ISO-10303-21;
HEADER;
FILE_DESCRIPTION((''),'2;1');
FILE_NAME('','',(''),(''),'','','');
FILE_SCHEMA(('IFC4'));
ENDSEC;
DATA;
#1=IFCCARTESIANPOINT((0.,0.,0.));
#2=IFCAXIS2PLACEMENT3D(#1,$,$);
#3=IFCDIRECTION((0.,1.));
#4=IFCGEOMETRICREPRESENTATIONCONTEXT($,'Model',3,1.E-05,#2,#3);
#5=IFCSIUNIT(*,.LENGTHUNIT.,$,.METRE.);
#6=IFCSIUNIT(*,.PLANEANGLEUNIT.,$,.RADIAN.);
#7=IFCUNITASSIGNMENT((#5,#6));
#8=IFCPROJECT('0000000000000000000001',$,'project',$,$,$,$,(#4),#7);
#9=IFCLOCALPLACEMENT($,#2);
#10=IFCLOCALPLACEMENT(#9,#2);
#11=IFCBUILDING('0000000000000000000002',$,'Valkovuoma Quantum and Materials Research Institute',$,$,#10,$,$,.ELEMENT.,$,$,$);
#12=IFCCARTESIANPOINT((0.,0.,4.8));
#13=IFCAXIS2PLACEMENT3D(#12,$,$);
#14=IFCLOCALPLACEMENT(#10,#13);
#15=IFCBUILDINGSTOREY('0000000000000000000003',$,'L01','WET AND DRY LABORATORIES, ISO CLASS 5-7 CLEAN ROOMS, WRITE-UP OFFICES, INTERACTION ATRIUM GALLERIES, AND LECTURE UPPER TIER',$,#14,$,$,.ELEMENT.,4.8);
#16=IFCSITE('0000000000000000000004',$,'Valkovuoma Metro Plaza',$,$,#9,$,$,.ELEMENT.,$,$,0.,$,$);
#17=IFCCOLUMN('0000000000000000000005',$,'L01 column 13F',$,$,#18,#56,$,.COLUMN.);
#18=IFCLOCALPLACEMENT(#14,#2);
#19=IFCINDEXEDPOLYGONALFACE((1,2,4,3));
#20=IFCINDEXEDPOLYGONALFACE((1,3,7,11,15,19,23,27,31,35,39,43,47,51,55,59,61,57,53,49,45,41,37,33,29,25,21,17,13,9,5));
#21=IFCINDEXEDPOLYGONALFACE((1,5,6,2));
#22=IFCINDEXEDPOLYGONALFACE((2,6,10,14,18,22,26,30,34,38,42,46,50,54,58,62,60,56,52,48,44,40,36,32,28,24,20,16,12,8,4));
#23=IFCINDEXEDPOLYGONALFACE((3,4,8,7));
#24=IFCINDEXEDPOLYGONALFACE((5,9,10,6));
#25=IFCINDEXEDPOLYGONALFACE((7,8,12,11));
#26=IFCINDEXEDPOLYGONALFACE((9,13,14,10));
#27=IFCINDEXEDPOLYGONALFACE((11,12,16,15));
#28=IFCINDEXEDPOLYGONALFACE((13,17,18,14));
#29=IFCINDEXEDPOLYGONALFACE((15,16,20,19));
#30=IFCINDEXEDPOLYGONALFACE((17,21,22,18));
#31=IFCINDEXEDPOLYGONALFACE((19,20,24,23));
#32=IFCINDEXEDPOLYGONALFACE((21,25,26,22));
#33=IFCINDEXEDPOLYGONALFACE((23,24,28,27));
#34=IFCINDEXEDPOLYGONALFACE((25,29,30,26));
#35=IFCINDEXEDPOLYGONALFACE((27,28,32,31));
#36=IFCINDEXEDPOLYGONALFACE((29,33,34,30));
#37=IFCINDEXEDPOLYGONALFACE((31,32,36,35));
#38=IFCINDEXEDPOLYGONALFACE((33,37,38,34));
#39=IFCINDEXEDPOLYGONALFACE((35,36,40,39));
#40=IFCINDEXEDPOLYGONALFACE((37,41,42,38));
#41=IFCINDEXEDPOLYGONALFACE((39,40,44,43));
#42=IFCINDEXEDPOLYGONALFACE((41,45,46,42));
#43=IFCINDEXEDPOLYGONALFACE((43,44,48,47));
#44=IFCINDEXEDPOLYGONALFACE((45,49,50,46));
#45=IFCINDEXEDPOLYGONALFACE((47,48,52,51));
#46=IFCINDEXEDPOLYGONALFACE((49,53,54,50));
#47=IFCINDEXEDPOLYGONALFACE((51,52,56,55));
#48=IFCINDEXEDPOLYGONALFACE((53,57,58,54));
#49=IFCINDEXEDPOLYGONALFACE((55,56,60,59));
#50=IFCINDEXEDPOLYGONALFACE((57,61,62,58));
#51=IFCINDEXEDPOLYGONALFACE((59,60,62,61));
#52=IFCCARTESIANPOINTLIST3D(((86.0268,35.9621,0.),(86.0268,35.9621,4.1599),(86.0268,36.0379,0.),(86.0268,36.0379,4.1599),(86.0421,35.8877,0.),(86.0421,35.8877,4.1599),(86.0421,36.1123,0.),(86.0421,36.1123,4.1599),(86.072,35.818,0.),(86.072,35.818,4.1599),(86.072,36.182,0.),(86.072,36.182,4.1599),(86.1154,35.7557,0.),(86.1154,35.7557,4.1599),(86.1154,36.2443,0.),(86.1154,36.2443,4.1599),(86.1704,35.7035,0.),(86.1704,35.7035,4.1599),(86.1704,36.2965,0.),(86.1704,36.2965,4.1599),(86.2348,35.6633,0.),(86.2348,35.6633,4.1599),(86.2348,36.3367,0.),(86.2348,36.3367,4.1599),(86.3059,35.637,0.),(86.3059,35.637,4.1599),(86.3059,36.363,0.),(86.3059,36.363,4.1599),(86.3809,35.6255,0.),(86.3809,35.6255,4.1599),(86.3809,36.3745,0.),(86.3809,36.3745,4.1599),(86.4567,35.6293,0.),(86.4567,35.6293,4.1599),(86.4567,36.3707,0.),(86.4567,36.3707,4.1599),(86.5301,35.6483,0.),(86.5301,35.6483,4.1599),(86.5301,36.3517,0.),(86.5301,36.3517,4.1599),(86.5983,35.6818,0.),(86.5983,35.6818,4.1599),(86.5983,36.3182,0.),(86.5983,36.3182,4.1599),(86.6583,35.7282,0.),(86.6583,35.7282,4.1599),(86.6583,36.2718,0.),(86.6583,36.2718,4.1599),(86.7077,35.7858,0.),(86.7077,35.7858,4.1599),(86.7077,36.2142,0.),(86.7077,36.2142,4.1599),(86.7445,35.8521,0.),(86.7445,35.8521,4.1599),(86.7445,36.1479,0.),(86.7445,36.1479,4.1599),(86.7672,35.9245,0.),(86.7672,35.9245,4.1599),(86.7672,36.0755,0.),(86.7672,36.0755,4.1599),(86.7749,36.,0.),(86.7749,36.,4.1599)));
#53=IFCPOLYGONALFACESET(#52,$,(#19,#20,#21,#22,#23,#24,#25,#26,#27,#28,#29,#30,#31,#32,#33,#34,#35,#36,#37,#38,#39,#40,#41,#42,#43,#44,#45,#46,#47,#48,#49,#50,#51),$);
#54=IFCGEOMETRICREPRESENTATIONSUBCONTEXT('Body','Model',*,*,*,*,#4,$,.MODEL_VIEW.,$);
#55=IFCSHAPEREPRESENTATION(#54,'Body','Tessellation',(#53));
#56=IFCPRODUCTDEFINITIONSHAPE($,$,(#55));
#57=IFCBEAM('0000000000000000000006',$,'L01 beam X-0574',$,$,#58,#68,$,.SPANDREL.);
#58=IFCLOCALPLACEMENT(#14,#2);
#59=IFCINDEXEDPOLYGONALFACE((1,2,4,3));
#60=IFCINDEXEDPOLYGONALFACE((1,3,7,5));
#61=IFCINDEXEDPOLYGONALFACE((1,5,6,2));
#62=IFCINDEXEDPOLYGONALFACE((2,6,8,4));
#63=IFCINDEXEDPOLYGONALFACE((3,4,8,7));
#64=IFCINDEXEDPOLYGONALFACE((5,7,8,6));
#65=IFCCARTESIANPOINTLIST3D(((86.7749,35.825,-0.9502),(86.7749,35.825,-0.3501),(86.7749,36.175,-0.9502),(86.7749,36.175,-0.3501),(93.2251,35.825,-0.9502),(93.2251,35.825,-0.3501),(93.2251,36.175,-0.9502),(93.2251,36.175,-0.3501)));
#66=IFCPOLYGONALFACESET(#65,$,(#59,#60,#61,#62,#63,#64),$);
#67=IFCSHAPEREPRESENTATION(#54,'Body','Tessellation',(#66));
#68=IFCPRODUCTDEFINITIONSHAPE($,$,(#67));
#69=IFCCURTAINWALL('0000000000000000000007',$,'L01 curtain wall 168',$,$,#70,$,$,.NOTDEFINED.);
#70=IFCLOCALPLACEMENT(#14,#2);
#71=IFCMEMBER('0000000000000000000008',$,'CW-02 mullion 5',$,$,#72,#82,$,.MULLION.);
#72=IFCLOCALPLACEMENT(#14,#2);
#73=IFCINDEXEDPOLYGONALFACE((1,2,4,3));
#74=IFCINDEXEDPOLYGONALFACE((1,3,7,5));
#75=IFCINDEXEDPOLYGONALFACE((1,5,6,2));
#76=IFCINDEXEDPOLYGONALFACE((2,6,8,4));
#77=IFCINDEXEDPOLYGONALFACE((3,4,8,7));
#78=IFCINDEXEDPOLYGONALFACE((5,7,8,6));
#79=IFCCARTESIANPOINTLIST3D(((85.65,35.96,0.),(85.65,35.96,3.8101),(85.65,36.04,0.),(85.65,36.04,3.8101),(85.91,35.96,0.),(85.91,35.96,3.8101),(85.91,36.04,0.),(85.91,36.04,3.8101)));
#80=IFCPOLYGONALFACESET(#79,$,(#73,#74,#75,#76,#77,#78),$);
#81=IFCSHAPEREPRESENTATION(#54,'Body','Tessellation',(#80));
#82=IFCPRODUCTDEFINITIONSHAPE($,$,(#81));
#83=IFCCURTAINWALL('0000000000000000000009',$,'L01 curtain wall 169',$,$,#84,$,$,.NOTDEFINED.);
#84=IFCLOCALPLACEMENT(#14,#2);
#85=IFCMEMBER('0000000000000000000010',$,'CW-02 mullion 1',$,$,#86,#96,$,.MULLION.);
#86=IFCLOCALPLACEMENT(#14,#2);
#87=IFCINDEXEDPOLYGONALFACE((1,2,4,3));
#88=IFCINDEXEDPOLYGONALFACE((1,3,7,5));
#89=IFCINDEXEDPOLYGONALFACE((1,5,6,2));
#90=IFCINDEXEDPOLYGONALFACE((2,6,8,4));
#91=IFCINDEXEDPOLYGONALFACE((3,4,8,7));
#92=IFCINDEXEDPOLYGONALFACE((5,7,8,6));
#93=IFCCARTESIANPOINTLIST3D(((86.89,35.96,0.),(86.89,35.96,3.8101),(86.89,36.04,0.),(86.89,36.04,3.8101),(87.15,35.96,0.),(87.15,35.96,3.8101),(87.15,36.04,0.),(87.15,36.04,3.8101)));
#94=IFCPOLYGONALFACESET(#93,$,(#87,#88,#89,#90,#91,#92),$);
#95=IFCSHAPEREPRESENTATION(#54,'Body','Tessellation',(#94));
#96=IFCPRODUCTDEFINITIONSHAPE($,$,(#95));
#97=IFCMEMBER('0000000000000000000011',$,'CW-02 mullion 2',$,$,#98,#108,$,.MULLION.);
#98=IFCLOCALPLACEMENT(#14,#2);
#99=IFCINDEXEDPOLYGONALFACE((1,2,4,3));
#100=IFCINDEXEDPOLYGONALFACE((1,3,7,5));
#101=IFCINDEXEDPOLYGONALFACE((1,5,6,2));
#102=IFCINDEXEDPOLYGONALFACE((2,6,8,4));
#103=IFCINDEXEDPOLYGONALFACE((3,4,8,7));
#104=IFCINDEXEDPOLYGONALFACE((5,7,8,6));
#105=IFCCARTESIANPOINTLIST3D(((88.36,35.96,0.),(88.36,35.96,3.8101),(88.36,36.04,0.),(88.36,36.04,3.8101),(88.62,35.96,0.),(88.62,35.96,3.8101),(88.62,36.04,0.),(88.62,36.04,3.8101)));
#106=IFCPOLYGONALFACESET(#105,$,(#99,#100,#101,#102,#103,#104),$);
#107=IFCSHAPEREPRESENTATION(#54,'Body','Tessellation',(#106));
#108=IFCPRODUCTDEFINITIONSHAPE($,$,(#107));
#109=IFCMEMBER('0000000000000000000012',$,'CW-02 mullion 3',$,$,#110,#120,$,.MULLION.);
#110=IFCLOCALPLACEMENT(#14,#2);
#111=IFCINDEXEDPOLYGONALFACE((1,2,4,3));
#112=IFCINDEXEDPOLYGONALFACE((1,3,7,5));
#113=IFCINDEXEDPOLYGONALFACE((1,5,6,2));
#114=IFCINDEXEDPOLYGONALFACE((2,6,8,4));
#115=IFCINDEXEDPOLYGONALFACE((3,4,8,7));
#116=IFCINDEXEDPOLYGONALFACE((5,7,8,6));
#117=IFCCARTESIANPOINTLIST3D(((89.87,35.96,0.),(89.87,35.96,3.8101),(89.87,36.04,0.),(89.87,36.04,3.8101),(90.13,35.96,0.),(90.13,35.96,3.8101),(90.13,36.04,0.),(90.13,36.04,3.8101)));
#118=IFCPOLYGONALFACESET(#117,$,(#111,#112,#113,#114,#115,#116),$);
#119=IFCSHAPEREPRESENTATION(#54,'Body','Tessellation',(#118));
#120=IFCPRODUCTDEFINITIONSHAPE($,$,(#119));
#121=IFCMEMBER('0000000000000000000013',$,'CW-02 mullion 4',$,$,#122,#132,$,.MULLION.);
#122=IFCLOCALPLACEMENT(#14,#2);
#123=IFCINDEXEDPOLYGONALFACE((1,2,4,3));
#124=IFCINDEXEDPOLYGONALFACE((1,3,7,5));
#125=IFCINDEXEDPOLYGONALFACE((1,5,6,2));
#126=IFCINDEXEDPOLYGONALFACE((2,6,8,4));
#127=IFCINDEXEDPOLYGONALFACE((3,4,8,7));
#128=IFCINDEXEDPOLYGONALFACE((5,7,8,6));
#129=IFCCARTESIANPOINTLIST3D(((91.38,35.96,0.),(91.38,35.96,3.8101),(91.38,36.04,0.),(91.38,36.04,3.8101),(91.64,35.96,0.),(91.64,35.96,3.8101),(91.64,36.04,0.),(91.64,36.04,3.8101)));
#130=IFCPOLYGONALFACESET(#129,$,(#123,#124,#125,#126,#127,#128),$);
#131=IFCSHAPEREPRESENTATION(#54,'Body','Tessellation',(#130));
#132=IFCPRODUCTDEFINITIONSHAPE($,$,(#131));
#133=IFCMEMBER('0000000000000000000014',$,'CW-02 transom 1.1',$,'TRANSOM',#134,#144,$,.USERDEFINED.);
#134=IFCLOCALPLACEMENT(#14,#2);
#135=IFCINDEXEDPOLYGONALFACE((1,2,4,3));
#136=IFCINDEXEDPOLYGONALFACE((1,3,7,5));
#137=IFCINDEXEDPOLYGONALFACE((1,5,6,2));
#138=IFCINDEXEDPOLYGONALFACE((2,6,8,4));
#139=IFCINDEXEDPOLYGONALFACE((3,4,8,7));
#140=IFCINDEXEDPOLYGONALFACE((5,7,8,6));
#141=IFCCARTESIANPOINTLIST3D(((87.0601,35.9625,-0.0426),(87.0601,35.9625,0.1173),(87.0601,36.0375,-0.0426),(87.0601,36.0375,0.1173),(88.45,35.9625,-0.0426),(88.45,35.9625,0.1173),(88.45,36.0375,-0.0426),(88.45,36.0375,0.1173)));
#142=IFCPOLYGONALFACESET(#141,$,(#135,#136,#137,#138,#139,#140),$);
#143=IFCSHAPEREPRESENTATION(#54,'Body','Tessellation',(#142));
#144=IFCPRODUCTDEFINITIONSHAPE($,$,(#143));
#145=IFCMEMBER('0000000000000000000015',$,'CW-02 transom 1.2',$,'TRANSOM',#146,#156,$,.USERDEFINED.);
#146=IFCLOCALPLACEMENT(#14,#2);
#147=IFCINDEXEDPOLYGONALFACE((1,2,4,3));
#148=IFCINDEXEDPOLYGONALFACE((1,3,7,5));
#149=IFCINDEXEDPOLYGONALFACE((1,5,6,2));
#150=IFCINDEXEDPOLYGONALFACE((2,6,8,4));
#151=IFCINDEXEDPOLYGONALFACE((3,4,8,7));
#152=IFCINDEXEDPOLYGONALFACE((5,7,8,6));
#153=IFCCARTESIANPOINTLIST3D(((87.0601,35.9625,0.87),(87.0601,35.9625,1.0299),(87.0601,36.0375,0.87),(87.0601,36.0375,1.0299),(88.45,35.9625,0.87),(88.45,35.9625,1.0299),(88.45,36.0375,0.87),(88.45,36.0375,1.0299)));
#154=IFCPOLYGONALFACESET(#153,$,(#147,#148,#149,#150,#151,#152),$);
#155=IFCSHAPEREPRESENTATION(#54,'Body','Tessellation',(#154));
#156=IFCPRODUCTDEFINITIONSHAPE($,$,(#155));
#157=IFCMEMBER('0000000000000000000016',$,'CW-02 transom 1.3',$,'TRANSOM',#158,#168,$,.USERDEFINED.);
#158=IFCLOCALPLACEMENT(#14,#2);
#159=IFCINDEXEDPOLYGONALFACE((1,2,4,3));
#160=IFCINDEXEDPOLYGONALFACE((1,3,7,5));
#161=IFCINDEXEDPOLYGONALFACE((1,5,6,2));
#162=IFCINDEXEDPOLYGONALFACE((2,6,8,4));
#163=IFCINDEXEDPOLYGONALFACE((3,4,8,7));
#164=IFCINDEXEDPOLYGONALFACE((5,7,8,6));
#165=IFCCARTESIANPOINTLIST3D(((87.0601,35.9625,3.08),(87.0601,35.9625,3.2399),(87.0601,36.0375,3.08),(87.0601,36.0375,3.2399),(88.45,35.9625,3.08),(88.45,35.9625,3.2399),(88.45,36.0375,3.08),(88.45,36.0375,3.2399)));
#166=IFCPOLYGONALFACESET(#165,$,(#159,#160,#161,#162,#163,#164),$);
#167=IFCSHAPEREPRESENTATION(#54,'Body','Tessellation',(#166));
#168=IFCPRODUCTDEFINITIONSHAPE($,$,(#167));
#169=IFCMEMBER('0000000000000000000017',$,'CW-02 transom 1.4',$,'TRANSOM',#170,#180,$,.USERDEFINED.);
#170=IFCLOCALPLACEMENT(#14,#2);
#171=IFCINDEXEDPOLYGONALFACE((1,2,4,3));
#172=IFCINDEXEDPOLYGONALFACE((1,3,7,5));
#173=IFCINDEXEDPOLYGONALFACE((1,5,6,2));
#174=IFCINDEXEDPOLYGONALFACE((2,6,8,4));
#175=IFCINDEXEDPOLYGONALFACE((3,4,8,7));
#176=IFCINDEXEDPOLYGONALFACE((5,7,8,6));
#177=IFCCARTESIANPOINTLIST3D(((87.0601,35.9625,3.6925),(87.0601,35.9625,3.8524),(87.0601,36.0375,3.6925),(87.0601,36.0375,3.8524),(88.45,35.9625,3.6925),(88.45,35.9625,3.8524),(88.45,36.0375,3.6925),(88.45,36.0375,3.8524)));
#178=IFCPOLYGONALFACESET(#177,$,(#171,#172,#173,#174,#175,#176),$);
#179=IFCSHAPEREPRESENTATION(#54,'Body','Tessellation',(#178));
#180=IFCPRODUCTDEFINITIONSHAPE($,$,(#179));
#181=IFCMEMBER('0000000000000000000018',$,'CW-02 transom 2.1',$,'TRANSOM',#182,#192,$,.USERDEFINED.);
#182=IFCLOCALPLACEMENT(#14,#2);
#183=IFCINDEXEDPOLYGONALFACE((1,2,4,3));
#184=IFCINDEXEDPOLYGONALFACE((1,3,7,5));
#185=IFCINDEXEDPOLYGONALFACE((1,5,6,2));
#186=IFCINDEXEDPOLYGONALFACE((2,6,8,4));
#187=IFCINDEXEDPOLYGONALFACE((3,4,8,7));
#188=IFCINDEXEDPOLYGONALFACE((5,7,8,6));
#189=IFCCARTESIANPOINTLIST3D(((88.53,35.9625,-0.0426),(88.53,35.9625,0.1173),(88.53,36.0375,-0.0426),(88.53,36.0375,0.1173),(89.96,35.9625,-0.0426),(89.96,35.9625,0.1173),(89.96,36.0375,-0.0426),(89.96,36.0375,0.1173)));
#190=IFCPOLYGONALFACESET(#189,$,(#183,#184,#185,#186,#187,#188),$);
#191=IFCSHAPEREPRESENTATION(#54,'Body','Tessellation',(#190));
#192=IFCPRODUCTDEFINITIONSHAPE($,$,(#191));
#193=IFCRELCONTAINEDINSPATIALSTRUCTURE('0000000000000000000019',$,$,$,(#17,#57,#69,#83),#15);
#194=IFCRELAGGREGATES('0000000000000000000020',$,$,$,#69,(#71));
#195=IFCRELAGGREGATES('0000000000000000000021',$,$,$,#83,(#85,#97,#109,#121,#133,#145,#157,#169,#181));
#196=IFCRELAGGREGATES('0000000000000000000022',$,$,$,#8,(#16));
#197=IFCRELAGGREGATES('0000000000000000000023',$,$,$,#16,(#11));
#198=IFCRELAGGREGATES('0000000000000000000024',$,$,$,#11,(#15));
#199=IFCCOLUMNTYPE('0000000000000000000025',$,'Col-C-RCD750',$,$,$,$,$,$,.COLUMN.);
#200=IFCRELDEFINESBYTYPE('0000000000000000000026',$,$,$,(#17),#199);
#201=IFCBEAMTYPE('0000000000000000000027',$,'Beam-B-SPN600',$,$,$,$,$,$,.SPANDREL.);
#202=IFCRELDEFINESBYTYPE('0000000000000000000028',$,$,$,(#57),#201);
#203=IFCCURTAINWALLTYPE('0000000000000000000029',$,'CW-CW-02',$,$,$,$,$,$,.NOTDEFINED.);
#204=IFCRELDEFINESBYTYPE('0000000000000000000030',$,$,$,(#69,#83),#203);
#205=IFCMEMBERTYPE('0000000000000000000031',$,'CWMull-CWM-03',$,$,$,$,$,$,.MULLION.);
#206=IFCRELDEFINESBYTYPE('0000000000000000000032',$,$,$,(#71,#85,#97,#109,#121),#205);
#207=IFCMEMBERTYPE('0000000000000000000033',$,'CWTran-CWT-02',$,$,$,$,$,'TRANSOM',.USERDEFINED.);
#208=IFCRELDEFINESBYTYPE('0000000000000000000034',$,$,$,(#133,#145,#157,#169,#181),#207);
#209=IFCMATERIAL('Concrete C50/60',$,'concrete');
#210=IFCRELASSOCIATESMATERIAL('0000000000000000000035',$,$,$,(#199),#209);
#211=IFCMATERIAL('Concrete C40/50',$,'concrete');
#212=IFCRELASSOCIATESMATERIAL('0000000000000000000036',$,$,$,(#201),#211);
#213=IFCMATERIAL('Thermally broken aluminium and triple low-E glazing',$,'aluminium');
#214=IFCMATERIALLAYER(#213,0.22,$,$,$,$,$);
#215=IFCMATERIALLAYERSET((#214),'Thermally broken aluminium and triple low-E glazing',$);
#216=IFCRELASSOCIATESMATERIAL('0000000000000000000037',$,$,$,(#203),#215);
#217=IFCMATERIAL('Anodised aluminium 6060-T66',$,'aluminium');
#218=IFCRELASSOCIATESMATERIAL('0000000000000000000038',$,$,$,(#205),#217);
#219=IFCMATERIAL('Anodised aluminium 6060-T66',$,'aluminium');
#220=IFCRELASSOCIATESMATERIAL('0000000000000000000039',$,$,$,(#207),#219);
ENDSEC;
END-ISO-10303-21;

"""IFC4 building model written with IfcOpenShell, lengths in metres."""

from ifc_helpers import new_model, si_unit, direction, frame, origin, origin_2d, place, context, subcontext, project, spatial, rectangle, circle, extrude, material, layer, layer_set, material_profile, profile_set, type_object, element, aggregate, save


model = new_model("IFC4")

# Units and contexts
model_context = context("Model", 3, precision=1e-05, world=origin(), true_north=direction((0.0, 1.0)))
body_context = subcontext(model_context, "Body", "Model", "MODEL_VIEW")
ifc_project = project(units=[si_unit("LENGTHUNIT", "METRE"), si_unit("PLANEANGLEUNIT", "RADIAN")], contexts=[model_context])

# Site, building, storey
site_placement = place(None, origin())
site = spatial("IfcSite", under=ifc_project, at=site_placement, Name="Valkovuoma Metro Plaza", CompositionType="ELEMENT", RefElevation=0.0)
building_placement = place(site_placement, origin())
building = spatial("IfcBuilding", under=site, at=building_placement, Name="Valkovuoma Quantum and Materials Research Institute", CompositionType="ELEMENT")
storey_placement = place(building_placement, frame((0.0, 0.0, 4.8)))
storey = spatial("IfcBuildingStorey", under=building, at=storey_placement, Name="L01", Description="WET AND DRY LABORATORIES, ISO CLASS 5-7 CLEAN ROOMS, WRITE-UP OFFICES, INTERACTION ATRIUM GALLERIES, AND LECTURE UPPER TIER", CompositionType="ELEMENT", Elevation=4.8)

# Column
ifc_material_1 = material(Name="Concrete C50/60", Category="concrete")
ifc_material_profile_1 = material_profile(ifc_material_1, circle(Radius=0.375, at=origin_2d()), Name="Concrete C50/60")
ifc_profile_set_1 = profile_set([ifc_material_profile_1], Name="Concrete C50/60")
column_type = type_object("IfcColumnType", Name="Col-C-RCD750", PredefinedType="COLUMN", material=ifc_profile_set_1)
column_placement = place(storey_placement, frame((86.3999, 36.0, 0.0), z_axis=(0.0, 0.0, 1.0), x_axis=(1.0, 0.0, 0.0)))
element("IfcColumn", 1, at=column_placement, inside=storey, type_object=column_type, Name="L01 column 13F", PredefinedType="COLUMN", context=body_context, shape_type="SweptSolid", body=[
    extrude(circle(Radius=0.375, at=origin_2d()), origin(), (0.0, 0.0, 1.0), 4.1599),
])

# Beam
ifc_material_2 = material(Name="Concrete C40/50", Category="concrete")
ifc_material_profile_2 = material_profile(ifc_material_2, rectangle(XDim=0.3501, YDim=0.6001, at=origin_2d()), Name="Concrete C40/50")
ifc_profile_set_2 = profile_set([ifc_material_profile_2], Name="Concrete C40/50")
beam_type = type_object("IfcBeamType", Name="Beam-B-SPN600", PredefinedType="SPANDREL", material=ifc_profile_set_2)
beam_placement = place(storey_placement, frame((86.7749, 36.0, -0.6501), z_axis=(1.0, 0.0, 0.0), x_axis=(0.0, 1.0, 0.0)))
element("IfcBeam", 2, at=beam_placement, inside=storey, type_object=beam_type, Name="L01 beam X-0574", PredefinedType="SPANDREL", context=body_context, shape_type="SweptSolid", body=[
    extrude(rectangle(XDim=0.3501, YDim=0.6001, at=origin_2d()), origin(), (0.0, 0.0, 1.0), 6.4502),
])

# Curtain wall, member
ifc_material_3 = material(Name="Thermally broken aluminium and triple low-E glazing", Category="aluminium")
ifc_layer_1 = layer(ifc_material_3, 0.22)
ifc_layer_set_1 = layer_set([ifc_layer_1], Name="Thermally broken aluminium and triple low-E glazing")
curtain_wall_type = type_object("IfcCurtainWallType", Name="CW-CW-02", PredefinedType="NOTDEFINED", material=ifc_layer_set_1)
curtain_wall_1_placement = place(storey_placement, origin())
curtain_wall_1 = element("IfcCurtainWall", 3, at=curtain_wall_1_placement, inside=storey, type_object=curtain_wall_type, Name="L01 curtain wall 168", PredefinedType="NOTDEFINED")
ifc_material_4 = material(Name="Anodised aluminium 6060-T66", Category="aluminium")
ifc_material_profile_3 = material_profile(ifc_material_4, rectangle(XDim=0.0801, YDim=0.26, at=origin_2d()), Name="Anodised aluminium 6060-T66")
ifc_profile_set_3 = profile_set([ifc_material_profile_3], Name="Anodised aluminium 6060-T66")
member_type_1 = type_object("IfcMemberType", Name="CWMull-CWM-03", PredefinedType="MULLION", material=ifc_profile_set_3)
member_1_placement = place(storey_placement, frame((85.78, 36.0, 0.0), z_axis=(0.0, 0.0, 1.0), x_axis=(0.0, 1.0, 0.0)))
member_1 = element("IfcMember", 4, at=member_1_placement, type_object=member_type_1, Name="CW-02 mullion 5", PredefinedType="MULLION", context=body_context, shape_type="SweptSolid", body=[
    extrude(rectangle(XDim=0.0801, YDim=0.26, at=origin_2d()), origin(), (0.0, 0.0, 1.0), 3.8101),
])

# Curtain wall, members
curtain_wall_2_placement = place(storey_placement, origin())
curtain_wall_2 = element("IfcCurtainWall", 5, at=curtain_wall_2_placement, inside=storey, type_object=curtain_wall_type, Name="L01 curtain wall 169", PredefinedType="NOTDEFINED")
member_2_placement = place(storey_placement, frame((87.02, 36.0, 0.0), z_axis=(0.0, 0.0, 1.0), x_axis=(0.0, 1.0, 0.0)))
member_2 = element("IfcMember", 6, at=member_2_placement, type_object=member_type_1, Name="CW-02 mullion 1", PredefinedType="MULLION", context=body_context, shape_type="SweptSolid", body=[
    extrude(rectangle(XDim=0.0801, YDim=0.26, at=origin_2d()), origin(), (0.0, 0.0, 1.0), 3.8101),
])
member_3_placement = place(storey_placement, frame((88.49, 36.0, 0.0), z_axis=(0.0, 0.0, 1.0), x_axis=(0.0, 1.0, 0.0)))
member_3 = element("IfcMember", 7, at=member_3_placement, type_object=member_type_1, Name="CW-02 mullion 2", PredefinedType="MULLION", context=body_context, shape_type="SweptSolid", body=[
    extrude(rectangle(XDim=0.0801, YDim=0.26, at=origin_2d()), origin(), (0.0, 0.0, 1.0), 3.8101),
])
member_4_placement = place(storey_placement, frame((90.0, 36.0, 0.0), z_axis=(0.0, 0.0, 1.0), x_axis=(0.0, 1.0, 0.0)))
member_4 = element("IfcMember", 8, at=member_4_placement, type_object=member_type_1, Name="CW-02 mullion 3", PredefinedType="MULLION", context=body_context, shape_type="SweptSolid", body=[
    extrude(rectangle(XDim=0.0801, YDim=0.26, at=origin_2d()), origin(), (0.0, 0.0, 1.0), 3.8101),
])
member_5_placement = place(storey_placement, frame((91.51, 36.0, 0.0), z_axis=(0.0, 0.0, 1.0), x_axis=(0.0, 1.0, 0.0)))
member_5 = element("IfcMember", 9, at=member_5_placement, type_object=member_type_1, Name="CW-02 mullion 4", PredefinedType="MULLION", context=body_context, shape_type="SweptSolid", body=[
    extrude(rectangle(XDim=0.0801, YDim=0.26, at=origin_2d()), origin(), (0.0, 0.0, 1.0), 3.8101),
])
ifc_material_5 = material(Name="Anodised aluminium 6060-T66", Category="aluminium")
ifc_material_profile_4 = material_profile(ifc_material_5, rectangle(XDim=0.075, YDim=0.1599, at=origin_2d()), Name="Anodised aluminium 6060-T66")
ifc_profile_set_4 = profile_set([ifc_material_profile_4], Name="Anodised aluminium 6060-T66")
member_type_2 = type_object("IfcMemberType", Name="CWTran-CWT-02", ElementType="TRANSOM", PredefinedType="USERDEFINED", material=ifc_profile_set_4)
member_6_placement = place(storey_placement, frame((87.0601, 36.0, 0.0374), z_axis=(1.0, 0.0, 0.0), x_axis=(0.0, 1.0, 0.0)))
member_6 = element("IfcMember", 10, at=member_6_placement, type_object=member_type_2, Name="CW-02 transom 1.1", ObjectType="TRANSOM", PredefinedType="USERDEFINED", context=body_context, shape_type="SweptSolid", body=[
    extrude(rectangle(XDim=0.075, YDim=0.1599, at=origin_2d()), origin(), (0.0, 0.0, 1.0), 1.3899),
])
member_7_placement = place(storey_placement, frame((87.0601, 36.0, 0.95), z_axis=(1.0, 0.0, 0.0), x_axis=(0.0, 1.0, 0.0)))
member_7 = element("IfcMember", 11, at=member_7_placement, type_object=member_type_2, Name="CW-02 transom 1.2", ObjectType="TRANSOM", PredefinedType="USERDEFINED", context=body_context, shape_type="SweptSolid", body=[
    extrude(rectangle(XDim=0.075, YDim=0.1599, at=origin_2d()), origin(), (0.0, 0.0, 1.0), 1.3899),
])
member_8_placement = place(storey_placement, frame((87.0601, 36.0, 3.1599), z_axis=(1.0, 0.0, 0.0), x_axis=(0.0, 1.0, 0.0)))
member_8 = element("IfcMember", 12, at=member_8_placement, type_object=member_type_2, Name="CW-02 transom 1.3", ObjectType="TRANSOM", PredefinedType="USERDEFINED", context=body_context, shape_type="SweptSolid", body=[
    extrude(rectangle(XDim=0.075, YDim=0.1599, at=origin_2d()), origin(), (0.0, 0.0, 1.0), 1.3899),
])
member_9_placement = place(storey_placement, frame((87.0601, 36.0, 3.7725), z_axis=(1.0, 0.0, 0.0), x_axis=(0.0, 1.0, 0.0)))
member_9 = element("IfcMember", 13, at=member_9_placement, type_object=member_type_2, Name="CW-02 transom 1.4", ObjectType="TRANSOM", PredefinedType="USERDEFINED", context=body_context, shape_type="SweptSolid", body=[
    extrude(rectangle(XDim=0.075, YDim=0.1599, at=origin_2d()), origin(), (0.0, 0.0, 1.0), 1.3899),
])
member_10_placement = place(storey_placement, frame((88.53, 36.0, 0.0374), z_axis=(1.0, 0.0, 0.0), x_axis=(0.0, 1.0, 0.0)))
member_10 = element("IfcMember", 14, at=member_10_placement, type_object=member_type_2, Name="CW-02 transom 2.1", ObjectType="TRANSOM", PredefinedType="USERDEFINED", context=body_context, shape_type="SweptSolid", body=[
    extrude(rectangle(XDim=0.075, YDim=0.1599, at=origin_2d()), origin(), (0.0, 0.0, 1.0), 1.4299),
])

aggregate(curtain_wall_1, [member_1])
aggregate(curtain_wall_2, [member_2, member_3, member_4, member_5, member_6, member_7, member_8, member_9, member_10])

save(model, "model.ifc")
